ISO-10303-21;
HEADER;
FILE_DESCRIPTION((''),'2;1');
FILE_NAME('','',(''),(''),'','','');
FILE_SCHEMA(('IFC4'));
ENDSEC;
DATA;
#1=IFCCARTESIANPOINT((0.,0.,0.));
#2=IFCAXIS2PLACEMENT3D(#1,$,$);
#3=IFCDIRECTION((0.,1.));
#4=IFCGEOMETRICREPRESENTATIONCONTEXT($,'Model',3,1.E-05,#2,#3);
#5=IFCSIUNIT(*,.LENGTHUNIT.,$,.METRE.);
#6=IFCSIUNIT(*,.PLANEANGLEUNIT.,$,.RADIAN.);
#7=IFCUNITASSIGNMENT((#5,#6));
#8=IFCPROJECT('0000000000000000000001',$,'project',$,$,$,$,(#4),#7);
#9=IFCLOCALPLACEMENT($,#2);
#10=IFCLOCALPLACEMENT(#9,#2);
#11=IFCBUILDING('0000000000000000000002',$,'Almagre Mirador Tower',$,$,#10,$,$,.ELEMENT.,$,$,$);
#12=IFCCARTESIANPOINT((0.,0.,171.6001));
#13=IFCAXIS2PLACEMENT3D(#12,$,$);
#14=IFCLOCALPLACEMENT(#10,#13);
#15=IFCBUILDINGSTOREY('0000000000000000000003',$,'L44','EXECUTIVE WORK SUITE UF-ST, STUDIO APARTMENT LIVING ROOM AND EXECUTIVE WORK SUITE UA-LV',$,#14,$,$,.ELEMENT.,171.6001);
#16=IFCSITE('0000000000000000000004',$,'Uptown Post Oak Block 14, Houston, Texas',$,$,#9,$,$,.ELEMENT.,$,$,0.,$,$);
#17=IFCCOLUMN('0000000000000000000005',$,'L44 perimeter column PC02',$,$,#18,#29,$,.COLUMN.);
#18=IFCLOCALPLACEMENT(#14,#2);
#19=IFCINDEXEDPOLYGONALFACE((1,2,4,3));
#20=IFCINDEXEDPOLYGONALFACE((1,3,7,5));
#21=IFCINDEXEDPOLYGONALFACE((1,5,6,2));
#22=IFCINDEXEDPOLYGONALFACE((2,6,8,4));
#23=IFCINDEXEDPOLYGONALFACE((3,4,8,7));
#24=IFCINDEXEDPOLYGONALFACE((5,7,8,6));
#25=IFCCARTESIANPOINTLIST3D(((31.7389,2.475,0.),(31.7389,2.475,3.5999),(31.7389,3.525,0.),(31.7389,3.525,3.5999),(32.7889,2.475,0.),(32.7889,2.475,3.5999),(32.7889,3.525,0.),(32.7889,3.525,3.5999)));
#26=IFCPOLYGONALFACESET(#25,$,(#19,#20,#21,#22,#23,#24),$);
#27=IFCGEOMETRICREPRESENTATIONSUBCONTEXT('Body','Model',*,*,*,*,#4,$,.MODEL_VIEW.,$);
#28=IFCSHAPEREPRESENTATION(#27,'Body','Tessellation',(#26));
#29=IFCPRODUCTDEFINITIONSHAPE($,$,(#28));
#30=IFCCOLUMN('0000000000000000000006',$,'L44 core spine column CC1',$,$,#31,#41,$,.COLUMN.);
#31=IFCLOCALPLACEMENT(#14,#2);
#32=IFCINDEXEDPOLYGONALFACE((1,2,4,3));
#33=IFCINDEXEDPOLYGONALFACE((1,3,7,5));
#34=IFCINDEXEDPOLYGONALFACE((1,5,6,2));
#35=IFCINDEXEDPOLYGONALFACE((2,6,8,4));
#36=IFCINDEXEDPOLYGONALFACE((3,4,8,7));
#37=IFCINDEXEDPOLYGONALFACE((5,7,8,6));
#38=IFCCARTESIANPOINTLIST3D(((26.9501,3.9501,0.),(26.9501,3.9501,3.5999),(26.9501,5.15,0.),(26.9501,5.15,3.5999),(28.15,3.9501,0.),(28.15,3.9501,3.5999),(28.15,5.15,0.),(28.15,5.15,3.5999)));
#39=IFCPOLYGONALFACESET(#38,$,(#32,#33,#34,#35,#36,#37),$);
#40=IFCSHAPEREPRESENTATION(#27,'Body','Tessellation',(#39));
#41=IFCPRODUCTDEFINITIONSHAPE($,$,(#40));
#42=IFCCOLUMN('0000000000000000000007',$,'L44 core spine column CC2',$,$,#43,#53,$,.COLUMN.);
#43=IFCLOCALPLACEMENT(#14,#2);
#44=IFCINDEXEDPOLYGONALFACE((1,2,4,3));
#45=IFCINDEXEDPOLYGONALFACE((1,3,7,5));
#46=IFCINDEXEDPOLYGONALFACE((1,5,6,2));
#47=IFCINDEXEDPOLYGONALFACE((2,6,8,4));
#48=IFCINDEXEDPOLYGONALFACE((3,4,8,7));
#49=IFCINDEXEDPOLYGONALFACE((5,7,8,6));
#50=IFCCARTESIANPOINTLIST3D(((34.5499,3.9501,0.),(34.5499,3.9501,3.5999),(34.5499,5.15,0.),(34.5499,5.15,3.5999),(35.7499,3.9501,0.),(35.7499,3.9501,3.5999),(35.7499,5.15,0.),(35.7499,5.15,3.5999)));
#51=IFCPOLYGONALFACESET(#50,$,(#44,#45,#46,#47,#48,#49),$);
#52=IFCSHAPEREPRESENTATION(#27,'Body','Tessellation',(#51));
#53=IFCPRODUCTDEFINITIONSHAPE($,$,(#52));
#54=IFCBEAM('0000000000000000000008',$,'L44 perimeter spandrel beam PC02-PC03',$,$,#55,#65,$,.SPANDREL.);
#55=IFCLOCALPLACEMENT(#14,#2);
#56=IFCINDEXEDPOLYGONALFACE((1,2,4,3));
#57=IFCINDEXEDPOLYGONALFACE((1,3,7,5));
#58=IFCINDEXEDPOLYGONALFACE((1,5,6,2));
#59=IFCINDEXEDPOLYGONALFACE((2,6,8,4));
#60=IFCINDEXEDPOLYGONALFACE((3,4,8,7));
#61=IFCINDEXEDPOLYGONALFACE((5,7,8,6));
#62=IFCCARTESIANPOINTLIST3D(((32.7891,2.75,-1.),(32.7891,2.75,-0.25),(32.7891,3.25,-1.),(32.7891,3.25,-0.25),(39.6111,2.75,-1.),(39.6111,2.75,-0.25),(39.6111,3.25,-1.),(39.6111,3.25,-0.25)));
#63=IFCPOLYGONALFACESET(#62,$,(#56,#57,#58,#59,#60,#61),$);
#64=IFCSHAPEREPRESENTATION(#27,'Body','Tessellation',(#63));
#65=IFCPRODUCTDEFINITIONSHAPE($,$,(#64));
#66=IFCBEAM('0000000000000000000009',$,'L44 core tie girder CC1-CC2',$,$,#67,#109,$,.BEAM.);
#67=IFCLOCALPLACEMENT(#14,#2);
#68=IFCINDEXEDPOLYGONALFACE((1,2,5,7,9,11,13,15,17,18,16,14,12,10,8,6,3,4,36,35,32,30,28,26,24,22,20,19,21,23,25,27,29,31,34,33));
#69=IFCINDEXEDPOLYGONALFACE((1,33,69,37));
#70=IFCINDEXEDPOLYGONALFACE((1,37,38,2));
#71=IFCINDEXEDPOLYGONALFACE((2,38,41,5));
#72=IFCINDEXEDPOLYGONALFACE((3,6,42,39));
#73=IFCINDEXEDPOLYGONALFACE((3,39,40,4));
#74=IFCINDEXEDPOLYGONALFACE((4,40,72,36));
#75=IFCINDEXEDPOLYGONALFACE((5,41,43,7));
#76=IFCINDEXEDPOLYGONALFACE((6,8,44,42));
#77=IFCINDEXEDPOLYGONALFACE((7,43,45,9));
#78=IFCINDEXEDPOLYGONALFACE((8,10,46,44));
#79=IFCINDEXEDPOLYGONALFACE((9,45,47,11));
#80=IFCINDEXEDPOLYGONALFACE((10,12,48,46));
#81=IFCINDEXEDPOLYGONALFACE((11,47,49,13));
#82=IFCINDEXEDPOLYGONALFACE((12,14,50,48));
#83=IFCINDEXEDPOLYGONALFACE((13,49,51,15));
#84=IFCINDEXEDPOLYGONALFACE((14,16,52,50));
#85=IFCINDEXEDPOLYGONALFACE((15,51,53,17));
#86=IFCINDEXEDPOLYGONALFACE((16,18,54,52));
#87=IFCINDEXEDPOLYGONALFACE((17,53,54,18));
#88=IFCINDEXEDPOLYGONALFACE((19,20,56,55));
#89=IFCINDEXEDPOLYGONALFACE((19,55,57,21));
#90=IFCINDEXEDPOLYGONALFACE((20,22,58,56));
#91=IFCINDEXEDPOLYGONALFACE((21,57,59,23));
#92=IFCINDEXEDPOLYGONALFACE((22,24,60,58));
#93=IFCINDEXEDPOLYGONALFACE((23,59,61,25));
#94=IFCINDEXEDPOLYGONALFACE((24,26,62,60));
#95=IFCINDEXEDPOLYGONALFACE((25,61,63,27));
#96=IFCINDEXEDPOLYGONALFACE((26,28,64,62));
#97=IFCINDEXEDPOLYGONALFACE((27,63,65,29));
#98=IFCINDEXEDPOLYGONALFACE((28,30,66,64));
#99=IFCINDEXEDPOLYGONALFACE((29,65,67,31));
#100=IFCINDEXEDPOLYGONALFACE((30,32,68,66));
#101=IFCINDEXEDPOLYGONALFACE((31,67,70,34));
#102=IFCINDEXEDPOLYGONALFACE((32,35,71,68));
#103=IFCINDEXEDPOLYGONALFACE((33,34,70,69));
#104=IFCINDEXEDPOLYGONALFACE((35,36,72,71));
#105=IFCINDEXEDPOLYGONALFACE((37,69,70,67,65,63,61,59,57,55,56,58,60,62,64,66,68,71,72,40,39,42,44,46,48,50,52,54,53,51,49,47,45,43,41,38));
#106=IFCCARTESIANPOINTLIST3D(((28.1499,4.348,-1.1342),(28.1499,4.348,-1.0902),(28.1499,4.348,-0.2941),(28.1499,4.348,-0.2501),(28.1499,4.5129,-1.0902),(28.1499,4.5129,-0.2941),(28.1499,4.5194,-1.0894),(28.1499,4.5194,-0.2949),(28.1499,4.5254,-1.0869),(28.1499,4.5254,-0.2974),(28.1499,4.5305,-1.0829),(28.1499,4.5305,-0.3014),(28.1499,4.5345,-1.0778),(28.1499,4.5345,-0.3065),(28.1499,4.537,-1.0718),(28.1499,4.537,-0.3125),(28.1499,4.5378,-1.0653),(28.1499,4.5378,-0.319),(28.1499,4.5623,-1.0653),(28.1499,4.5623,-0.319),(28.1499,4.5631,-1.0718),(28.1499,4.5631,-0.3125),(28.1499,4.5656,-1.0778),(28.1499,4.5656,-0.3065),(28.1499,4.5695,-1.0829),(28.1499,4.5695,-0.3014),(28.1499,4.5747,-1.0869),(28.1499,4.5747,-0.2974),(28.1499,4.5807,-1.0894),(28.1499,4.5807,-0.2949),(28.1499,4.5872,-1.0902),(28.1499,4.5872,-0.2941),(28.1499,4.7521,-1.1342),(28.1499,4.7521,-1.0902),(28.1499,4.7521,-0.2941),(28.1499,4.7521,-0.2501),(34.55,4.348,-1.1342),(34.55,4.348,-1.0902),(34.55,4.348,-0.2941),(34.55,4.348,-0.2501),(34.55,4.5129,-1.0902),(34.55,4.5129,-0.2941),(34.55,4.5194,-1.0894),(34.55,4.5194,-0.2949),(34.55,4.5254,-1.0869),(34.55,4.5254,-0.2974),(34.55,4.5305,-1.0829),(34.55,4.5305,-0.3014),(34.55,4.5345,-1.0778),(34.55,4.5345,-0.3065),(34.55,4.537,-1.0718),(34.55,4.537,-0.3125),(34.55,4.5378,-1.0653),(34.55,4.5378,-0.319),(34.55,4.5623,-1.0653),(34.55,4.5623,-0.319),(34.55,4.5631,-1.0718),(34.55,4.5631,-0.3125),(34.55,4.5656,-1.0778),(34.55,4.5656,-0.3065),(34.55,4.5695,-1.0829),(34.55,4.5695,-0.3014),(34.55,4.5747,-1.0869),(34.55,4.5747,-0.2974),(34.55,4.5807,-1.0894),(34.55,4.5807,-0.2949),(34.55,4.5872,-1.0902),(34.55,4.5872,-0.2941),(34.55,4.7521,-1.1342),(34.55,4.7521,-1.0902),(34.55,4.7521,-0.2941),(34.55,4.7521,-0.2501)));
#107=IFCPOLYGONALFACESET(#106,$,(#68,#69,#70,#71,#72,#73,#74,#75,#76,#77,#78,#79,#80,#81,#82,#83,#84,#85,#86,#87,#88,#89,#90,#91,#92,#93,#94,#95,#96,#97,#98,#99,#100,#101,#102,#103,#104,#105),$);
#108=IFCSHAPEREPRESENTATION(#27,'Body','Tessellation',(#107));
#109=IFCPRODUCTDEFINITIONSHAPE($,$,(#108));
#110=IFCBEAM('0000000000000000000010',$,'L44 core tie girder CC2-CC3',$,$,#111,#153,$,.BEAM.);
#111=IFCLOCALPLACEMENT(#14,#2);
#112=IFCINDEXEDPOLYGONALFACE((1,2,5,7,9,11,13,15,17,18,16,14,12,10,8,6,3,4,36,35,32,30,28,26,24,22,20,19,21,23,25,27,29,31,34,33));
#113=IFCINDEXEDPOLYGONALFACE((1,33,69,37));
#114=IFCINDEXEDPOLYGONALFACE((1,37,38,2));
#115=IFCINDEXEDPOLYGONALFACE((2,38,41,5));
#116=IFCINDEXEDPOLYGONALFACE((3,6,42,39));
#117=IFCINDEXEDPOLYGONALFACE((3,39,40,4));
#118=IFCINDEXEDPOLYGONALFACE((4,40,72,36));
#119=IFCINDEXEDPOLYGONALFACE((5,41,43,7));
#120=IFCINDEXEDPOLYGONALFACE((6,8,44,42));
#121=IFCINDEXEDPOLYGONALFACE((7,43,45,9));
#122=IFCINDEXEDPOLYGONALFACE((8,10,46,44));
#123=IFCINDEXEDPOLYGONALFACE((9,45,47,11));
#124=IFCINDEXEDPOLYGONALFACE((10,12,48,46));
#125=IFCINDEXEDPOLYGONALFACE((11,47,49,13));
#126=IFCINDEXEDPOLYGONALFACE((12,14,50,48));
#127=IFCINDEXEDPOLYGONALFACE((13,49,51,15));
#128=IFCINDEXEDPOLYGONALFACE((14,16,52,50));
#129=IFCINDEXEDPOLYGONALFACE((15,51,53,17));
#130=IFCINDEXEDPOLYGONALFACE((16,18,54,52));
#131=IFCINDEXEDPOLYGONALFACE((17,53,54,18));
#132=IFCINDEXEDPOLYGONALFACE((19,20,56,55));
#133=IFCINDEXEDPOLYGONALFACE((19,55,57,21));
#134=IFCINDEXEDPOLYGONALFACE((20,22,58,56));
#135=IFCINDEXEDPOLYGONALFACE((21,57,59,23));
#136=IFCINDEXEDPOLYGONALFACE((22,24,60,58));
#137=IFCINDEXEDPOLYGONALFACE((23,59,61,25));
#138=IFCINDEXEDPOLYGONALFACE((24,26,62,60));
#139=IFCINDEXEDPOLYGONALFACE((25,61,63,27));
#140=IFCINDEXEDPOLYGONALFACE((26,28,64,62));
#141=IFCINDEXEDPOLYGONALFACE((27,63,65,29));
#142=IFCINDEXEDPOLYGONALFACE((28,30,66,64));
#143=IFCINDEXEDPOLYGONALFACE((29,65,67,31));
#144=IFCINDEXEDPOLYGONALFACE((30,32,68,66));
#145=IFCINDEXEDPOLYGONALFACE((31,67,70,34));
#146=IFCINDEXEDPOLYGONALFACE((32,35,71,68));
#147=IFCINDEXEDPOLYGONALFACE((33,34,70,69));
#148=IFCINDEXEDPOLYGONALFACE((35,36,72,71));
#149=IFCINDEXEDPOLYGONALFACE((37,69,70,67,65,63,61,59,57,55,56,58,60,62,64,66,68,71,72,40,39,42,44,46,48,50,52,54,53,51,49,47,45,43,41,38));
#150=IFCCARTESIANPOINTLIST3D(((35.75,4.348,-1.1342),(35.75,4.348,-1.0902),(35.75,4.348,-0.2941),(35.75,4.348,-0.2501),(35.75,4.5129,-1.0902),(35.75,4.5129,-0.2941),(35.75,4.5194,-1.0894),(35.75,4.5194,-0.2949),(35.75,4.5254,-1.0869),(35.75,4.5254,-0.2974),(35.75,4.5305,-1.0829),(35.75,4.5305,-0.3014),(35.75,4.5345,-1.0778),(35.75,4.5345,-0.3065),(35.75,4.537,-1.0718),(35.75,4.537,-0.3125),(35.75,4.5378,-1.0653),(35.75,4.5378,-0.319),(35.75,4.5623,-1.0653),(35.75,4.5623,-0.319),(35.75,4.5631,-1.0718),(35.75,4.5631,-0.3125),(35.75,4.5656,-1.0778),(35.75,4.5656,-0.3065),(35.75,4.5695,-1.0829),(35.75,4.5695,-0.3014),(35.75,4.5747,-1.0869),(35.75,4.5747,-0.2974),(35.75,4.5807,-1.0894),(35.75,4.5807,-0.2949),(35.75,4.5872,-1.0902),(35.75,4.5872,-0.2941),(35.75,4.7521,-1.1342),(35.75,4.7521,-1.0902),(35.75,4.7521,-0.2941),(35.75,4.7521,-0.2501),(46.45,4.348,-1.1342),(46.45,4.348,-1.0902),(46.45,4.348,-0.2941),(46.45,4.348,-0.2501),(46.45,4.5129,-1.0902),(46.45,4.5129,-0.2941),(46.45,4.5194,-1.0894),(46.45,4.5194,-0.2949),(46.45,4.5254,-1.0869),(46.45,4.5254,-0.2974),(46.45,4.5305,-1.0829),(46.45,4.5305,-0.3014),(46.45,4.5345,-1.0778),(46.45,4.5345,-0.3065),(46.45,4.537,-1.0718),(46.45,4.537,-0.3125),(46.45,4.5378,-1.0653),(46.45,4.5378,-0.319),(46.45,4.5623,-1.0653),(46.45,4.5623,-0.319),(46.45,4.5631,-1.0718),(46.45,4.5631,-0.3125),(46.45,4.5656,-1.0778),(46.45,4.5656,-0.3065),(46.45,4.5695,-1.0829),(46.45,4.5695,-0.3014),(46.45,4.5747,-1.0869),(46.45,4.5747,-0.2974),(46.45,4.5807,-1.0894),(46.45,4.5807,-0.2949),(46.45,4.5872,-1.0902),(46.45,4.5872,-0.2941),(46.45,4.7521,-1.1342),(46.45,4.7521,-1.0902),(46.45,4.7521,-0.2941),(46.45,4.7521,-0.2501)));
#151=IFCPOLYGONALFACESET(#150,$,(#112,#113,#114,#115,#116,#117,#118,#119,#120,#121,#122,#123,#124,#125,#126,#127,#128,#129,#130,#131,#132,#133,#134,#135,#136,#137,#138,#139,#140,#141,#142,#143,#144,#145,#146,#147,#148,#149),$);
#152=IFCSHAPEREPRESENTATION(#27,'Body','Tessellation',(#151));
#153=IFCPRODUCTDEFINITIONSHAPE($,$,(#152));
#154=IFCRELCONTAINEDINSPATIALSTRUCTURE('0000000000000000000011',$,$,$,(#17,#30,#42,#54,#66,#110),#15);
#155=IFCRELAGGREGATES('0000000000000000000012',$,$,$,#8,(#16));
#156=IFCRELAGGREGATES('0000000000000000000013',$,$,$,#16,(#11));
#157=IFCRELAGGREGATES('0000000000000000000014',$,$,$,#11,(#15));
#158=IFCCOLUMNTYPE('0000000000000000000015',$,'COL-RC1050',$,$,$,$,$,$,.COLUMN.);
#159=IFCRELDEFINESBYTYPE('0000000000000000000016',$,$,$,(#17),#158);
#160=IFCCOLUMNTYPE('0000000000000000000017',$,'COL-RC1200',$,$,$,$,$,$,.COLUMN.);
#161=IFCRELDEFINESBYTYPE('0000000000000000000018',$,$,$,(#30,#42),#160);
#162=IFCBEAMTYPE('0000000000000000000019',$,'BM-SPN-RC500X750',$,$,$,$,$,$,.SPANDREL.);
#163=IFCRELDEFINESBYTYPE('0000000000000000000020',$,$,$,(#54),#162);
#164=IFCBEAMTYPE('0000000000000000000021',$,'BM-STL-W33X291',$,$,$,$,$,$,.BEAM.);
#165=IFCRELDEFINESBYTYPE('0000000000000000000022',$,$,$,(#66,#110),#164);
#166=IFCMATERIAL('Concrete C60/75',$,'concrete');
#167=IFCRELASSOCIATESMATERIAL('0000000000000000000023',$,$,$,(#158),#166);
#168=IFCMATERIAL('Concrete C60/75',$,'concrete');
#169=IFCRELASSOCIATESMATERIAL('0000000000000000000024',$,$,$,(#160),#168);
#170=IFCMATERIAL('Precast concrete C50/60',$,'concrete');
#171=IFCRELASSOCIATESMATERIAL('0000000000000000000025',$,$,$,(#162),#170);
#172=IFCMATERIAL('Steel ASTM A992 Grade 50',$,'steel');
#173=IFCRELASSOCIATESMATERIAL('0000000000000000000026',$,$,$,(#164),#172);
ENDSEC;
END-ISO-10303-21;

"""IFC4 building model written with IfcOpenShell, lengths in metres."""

from ifc_helpers import new_model, si_unit, direction, frame, origin, origin_2d, place, context, subcontext, project, spatial, rectangle, i_section, extrude, material, material_profile, profile_set, type_object, element, save


model = new_model("IFC4")

# Units and contexts
model_context = context("Model", 3, precision=1e-05, world=origin(), true_north=direction((0.0, 1.0)))
body_context = subcontext(model_context, "Body", "Model", "MODEL_VIEW")
ifc_project = project(units=[si_unit("LENGTHUNIT", "METRE"), si_unit("PLANEANGLEUNIT", "RADIAN")], contexts=[model_context])

# Site, building, storey
site_placement = place(None, origin())
site = spatial("IfcSite", under=ifc_project, at=site_placement, Name="Uptown Post Oak Block 14, Houston, Texas", CompositionType="ELEMENT", RefElevation=0.0)
building_placement = place(site_placement, origin())
building = spatial("IfcBuilding", under=site, at=building_placement, Name="Almagre Mirador Tower", CompositionType="ELEMENT")
storey_placement = place(building_placement, frame((0.0, 0.0, 171.6001)))
storey = spatial("IfcBuildingStorey", under=building, at=storey_placement, Name="L44", Description="EXECUTIVE WORK SUITE UF-ST, STUDIO APARTMENT LIVING ROOM AND EXECUTIVE WORK SUITE UA-LV", CompositionType="ELEMENT", Elevation=171.6001)

# Columns
ifc_material_1 = material(Name="Concrete C60/75", Category="concrete")
ifc_material_profile_1 = material_profile(ifc_material_1, rectangle(XDim=1.05, YDim=1.05, at=origin_2d()), Name="RC1050X1050")
ifc_profile_set_1 = profile_set([ifc_material_profile_1], Name="Concrete C60/75")
column_type_1 = type_object("IfcColumnType", Name="COL-RC1050", PredefinedType="COLUMN", material=ifc_profile_set_1)
column_placement = place(storey_placement, frame((32.2639, 3.0, 0.0), z_axis=(0.0, 0.0, 1.0), x_axis=(1.0, 0.0, 0.0)))
element("IfcColumn", 1, at=column_placement, inside=storey, type_object=column_type_1, Name="L44 perimeter column PC02", PredefinedType="COLUMN", context=body_context, shape_type="SweptSolid", body=[
    extrude(rectangle(XDim=1.05, YDim=1.05, at=origin_2d()), origin(), (0.0, 0.0, 1.0), 3.5999),
])
ifc_material_2 = material(Name="Concrete C60/75", Category="concrete")
ifc_material_profile_2 = material_profile(ifc_material_2, rectangle(XDim=1.2, YDim=1.2, at=origin_2d()), Name="RC1200X1200")
ifc_profile_set_2 = profile_set([ifc_material_profile_2], Name="Concrete C60/75")
column_type_2 = type_object("IfcColumnType", Name="COL-RC1200", PredefinedType="COLUMN", material=ifc_profile_set_2)
for number, where, z_axis, x_axis, name in (
    (2, (27.55, 4.55, 0.0), (0.0, 0.0, 1.0), (1.0, 0.0, 0.0), "L44 core spine column CC1"),
    (3, (35.1499, 4.55, 0.0), (0.0, 0.0, 1.0), (1.0, 0.0, 0.0), "L44 core spine column CC2"),
):
    element("IfcColumn", number, at=place(storey_placement, frame(where, z_axis=z_axis, x_axis=x_axis)), inside=storey, type_object=column_type_2, Name=name, PredefinedType="COLUMN", context=body_context, shape_type="SweptSolid", body=[
        extrude(rectangle(XDim=1.2, YDim=1.2, at=origin_2d()), origin(), (0.0, 0.0, 1.0), 3.5999),
    ])

# Beams
ifc_material_3 = material(Name="Precast concrete C50/60", Category="concrete")
ifc_material_profile_3 = material_profile(ifc_material_3, rectangle(XDim=0.5, YDim=0.75, at=origin_2d()), Name="RC500X750")
ifc_profile_set_3 = profile_set([ifc_material_profile_3], Name="Precast concrete C50/60")
beam_type_1 = type_object("IfcBeamType", Name="BM-SPN-RC500X750", PredefinedType="SPANDREL", material=ifc_profile_set_3)
beam_1_placement = place(storey_placement, frame((32.7891, 3.0, -0.625), z_axis=(1.0, 0.0, 0.0), x_axis=(0.0, 1.0, 0.0)))
element("IfcBeam", 4, at=beam_1_placement, inside=storey, type_object=beam_type_1, Name="L44 perimeter spandrel beam PC02-PC03", PredefinedType="SPANDREL", context=body_context, shape_type="SweptSolid", body=[
    extrude(rectangle(XDim=0.5, YDim=0.75, at=origin_2d()), origin(), (0.0, 0.0, 1.0), 6.822),
])
ifc_material_4 = material(Name="Steel ASTM A992 Grade 50", Category="steel")
ifc_material_profile_4 = material_profile(ifc_material_4, i_section(OverallWidth=0.4041, OverallDepth=0.884, WebThickness=0.0244, FlangeThickness=0.0439, FilletRadius=0.0249, at=origin_2d()), Name="W33X291")
ifc_profile_set_4 = profile_set([ifc_material_profile_4], Name="Steel ASTM A992 Grade 50")
beam_type_2 = type_object("IfcBeamType", Name="BM-STL-W33X291", PredefinedType="BEAM", material=ifc_profile_set_4)
beam_2_placement = place(storey_placement, frame((28.1499, 4.55, -0.6921), z_axis=(1.0, 0.0, 0.0), x_axis=(0.0, 1.0, 0.0)))
element("IfcBeam", 5, at=beam_2_placement, inside=storey, type_object=beam_type_2, Name="L44 core tie girder CC1-CC2", PredefinedType="BEAM", context=body_context, shape_type="SweptSolid", body=[
    extrude(i_section(OverallWidth=0.4041, OverallDepth=0.884, WebThickness=0.0244, FlangeThickness=0.0439, FilletRadius=0.0249, at=origin_2d()), origin(), (0.0, 0.0, 1.0), 6.4001),
])
beam_3_placement = place(storey_placement, frame((35.75, 4.55, -0.6921), z_axis=(1.0, 0.0, 0.0), x_axis=(0.0, 1.0, 0.0)))
element("IfcBeam", 6, at=beam_3_placement, inside=storey, type_object=beam_type_2, Name="L44 core tie girder CC2-CC3", PredefinedType="BEAM", context=body_context, shape_type="SweptSolid", body=[
    extrude(i_section(OverallWidth=0.4041, OverallDepth=0.884, WebThickness=0.0244, FlangeThickness=0.0439, FilletRadius=0.0249, at=origin_2d()), origin(), (0.0, 0.0, 1.0), 10.7),
])

save(model, "model.ifc")
